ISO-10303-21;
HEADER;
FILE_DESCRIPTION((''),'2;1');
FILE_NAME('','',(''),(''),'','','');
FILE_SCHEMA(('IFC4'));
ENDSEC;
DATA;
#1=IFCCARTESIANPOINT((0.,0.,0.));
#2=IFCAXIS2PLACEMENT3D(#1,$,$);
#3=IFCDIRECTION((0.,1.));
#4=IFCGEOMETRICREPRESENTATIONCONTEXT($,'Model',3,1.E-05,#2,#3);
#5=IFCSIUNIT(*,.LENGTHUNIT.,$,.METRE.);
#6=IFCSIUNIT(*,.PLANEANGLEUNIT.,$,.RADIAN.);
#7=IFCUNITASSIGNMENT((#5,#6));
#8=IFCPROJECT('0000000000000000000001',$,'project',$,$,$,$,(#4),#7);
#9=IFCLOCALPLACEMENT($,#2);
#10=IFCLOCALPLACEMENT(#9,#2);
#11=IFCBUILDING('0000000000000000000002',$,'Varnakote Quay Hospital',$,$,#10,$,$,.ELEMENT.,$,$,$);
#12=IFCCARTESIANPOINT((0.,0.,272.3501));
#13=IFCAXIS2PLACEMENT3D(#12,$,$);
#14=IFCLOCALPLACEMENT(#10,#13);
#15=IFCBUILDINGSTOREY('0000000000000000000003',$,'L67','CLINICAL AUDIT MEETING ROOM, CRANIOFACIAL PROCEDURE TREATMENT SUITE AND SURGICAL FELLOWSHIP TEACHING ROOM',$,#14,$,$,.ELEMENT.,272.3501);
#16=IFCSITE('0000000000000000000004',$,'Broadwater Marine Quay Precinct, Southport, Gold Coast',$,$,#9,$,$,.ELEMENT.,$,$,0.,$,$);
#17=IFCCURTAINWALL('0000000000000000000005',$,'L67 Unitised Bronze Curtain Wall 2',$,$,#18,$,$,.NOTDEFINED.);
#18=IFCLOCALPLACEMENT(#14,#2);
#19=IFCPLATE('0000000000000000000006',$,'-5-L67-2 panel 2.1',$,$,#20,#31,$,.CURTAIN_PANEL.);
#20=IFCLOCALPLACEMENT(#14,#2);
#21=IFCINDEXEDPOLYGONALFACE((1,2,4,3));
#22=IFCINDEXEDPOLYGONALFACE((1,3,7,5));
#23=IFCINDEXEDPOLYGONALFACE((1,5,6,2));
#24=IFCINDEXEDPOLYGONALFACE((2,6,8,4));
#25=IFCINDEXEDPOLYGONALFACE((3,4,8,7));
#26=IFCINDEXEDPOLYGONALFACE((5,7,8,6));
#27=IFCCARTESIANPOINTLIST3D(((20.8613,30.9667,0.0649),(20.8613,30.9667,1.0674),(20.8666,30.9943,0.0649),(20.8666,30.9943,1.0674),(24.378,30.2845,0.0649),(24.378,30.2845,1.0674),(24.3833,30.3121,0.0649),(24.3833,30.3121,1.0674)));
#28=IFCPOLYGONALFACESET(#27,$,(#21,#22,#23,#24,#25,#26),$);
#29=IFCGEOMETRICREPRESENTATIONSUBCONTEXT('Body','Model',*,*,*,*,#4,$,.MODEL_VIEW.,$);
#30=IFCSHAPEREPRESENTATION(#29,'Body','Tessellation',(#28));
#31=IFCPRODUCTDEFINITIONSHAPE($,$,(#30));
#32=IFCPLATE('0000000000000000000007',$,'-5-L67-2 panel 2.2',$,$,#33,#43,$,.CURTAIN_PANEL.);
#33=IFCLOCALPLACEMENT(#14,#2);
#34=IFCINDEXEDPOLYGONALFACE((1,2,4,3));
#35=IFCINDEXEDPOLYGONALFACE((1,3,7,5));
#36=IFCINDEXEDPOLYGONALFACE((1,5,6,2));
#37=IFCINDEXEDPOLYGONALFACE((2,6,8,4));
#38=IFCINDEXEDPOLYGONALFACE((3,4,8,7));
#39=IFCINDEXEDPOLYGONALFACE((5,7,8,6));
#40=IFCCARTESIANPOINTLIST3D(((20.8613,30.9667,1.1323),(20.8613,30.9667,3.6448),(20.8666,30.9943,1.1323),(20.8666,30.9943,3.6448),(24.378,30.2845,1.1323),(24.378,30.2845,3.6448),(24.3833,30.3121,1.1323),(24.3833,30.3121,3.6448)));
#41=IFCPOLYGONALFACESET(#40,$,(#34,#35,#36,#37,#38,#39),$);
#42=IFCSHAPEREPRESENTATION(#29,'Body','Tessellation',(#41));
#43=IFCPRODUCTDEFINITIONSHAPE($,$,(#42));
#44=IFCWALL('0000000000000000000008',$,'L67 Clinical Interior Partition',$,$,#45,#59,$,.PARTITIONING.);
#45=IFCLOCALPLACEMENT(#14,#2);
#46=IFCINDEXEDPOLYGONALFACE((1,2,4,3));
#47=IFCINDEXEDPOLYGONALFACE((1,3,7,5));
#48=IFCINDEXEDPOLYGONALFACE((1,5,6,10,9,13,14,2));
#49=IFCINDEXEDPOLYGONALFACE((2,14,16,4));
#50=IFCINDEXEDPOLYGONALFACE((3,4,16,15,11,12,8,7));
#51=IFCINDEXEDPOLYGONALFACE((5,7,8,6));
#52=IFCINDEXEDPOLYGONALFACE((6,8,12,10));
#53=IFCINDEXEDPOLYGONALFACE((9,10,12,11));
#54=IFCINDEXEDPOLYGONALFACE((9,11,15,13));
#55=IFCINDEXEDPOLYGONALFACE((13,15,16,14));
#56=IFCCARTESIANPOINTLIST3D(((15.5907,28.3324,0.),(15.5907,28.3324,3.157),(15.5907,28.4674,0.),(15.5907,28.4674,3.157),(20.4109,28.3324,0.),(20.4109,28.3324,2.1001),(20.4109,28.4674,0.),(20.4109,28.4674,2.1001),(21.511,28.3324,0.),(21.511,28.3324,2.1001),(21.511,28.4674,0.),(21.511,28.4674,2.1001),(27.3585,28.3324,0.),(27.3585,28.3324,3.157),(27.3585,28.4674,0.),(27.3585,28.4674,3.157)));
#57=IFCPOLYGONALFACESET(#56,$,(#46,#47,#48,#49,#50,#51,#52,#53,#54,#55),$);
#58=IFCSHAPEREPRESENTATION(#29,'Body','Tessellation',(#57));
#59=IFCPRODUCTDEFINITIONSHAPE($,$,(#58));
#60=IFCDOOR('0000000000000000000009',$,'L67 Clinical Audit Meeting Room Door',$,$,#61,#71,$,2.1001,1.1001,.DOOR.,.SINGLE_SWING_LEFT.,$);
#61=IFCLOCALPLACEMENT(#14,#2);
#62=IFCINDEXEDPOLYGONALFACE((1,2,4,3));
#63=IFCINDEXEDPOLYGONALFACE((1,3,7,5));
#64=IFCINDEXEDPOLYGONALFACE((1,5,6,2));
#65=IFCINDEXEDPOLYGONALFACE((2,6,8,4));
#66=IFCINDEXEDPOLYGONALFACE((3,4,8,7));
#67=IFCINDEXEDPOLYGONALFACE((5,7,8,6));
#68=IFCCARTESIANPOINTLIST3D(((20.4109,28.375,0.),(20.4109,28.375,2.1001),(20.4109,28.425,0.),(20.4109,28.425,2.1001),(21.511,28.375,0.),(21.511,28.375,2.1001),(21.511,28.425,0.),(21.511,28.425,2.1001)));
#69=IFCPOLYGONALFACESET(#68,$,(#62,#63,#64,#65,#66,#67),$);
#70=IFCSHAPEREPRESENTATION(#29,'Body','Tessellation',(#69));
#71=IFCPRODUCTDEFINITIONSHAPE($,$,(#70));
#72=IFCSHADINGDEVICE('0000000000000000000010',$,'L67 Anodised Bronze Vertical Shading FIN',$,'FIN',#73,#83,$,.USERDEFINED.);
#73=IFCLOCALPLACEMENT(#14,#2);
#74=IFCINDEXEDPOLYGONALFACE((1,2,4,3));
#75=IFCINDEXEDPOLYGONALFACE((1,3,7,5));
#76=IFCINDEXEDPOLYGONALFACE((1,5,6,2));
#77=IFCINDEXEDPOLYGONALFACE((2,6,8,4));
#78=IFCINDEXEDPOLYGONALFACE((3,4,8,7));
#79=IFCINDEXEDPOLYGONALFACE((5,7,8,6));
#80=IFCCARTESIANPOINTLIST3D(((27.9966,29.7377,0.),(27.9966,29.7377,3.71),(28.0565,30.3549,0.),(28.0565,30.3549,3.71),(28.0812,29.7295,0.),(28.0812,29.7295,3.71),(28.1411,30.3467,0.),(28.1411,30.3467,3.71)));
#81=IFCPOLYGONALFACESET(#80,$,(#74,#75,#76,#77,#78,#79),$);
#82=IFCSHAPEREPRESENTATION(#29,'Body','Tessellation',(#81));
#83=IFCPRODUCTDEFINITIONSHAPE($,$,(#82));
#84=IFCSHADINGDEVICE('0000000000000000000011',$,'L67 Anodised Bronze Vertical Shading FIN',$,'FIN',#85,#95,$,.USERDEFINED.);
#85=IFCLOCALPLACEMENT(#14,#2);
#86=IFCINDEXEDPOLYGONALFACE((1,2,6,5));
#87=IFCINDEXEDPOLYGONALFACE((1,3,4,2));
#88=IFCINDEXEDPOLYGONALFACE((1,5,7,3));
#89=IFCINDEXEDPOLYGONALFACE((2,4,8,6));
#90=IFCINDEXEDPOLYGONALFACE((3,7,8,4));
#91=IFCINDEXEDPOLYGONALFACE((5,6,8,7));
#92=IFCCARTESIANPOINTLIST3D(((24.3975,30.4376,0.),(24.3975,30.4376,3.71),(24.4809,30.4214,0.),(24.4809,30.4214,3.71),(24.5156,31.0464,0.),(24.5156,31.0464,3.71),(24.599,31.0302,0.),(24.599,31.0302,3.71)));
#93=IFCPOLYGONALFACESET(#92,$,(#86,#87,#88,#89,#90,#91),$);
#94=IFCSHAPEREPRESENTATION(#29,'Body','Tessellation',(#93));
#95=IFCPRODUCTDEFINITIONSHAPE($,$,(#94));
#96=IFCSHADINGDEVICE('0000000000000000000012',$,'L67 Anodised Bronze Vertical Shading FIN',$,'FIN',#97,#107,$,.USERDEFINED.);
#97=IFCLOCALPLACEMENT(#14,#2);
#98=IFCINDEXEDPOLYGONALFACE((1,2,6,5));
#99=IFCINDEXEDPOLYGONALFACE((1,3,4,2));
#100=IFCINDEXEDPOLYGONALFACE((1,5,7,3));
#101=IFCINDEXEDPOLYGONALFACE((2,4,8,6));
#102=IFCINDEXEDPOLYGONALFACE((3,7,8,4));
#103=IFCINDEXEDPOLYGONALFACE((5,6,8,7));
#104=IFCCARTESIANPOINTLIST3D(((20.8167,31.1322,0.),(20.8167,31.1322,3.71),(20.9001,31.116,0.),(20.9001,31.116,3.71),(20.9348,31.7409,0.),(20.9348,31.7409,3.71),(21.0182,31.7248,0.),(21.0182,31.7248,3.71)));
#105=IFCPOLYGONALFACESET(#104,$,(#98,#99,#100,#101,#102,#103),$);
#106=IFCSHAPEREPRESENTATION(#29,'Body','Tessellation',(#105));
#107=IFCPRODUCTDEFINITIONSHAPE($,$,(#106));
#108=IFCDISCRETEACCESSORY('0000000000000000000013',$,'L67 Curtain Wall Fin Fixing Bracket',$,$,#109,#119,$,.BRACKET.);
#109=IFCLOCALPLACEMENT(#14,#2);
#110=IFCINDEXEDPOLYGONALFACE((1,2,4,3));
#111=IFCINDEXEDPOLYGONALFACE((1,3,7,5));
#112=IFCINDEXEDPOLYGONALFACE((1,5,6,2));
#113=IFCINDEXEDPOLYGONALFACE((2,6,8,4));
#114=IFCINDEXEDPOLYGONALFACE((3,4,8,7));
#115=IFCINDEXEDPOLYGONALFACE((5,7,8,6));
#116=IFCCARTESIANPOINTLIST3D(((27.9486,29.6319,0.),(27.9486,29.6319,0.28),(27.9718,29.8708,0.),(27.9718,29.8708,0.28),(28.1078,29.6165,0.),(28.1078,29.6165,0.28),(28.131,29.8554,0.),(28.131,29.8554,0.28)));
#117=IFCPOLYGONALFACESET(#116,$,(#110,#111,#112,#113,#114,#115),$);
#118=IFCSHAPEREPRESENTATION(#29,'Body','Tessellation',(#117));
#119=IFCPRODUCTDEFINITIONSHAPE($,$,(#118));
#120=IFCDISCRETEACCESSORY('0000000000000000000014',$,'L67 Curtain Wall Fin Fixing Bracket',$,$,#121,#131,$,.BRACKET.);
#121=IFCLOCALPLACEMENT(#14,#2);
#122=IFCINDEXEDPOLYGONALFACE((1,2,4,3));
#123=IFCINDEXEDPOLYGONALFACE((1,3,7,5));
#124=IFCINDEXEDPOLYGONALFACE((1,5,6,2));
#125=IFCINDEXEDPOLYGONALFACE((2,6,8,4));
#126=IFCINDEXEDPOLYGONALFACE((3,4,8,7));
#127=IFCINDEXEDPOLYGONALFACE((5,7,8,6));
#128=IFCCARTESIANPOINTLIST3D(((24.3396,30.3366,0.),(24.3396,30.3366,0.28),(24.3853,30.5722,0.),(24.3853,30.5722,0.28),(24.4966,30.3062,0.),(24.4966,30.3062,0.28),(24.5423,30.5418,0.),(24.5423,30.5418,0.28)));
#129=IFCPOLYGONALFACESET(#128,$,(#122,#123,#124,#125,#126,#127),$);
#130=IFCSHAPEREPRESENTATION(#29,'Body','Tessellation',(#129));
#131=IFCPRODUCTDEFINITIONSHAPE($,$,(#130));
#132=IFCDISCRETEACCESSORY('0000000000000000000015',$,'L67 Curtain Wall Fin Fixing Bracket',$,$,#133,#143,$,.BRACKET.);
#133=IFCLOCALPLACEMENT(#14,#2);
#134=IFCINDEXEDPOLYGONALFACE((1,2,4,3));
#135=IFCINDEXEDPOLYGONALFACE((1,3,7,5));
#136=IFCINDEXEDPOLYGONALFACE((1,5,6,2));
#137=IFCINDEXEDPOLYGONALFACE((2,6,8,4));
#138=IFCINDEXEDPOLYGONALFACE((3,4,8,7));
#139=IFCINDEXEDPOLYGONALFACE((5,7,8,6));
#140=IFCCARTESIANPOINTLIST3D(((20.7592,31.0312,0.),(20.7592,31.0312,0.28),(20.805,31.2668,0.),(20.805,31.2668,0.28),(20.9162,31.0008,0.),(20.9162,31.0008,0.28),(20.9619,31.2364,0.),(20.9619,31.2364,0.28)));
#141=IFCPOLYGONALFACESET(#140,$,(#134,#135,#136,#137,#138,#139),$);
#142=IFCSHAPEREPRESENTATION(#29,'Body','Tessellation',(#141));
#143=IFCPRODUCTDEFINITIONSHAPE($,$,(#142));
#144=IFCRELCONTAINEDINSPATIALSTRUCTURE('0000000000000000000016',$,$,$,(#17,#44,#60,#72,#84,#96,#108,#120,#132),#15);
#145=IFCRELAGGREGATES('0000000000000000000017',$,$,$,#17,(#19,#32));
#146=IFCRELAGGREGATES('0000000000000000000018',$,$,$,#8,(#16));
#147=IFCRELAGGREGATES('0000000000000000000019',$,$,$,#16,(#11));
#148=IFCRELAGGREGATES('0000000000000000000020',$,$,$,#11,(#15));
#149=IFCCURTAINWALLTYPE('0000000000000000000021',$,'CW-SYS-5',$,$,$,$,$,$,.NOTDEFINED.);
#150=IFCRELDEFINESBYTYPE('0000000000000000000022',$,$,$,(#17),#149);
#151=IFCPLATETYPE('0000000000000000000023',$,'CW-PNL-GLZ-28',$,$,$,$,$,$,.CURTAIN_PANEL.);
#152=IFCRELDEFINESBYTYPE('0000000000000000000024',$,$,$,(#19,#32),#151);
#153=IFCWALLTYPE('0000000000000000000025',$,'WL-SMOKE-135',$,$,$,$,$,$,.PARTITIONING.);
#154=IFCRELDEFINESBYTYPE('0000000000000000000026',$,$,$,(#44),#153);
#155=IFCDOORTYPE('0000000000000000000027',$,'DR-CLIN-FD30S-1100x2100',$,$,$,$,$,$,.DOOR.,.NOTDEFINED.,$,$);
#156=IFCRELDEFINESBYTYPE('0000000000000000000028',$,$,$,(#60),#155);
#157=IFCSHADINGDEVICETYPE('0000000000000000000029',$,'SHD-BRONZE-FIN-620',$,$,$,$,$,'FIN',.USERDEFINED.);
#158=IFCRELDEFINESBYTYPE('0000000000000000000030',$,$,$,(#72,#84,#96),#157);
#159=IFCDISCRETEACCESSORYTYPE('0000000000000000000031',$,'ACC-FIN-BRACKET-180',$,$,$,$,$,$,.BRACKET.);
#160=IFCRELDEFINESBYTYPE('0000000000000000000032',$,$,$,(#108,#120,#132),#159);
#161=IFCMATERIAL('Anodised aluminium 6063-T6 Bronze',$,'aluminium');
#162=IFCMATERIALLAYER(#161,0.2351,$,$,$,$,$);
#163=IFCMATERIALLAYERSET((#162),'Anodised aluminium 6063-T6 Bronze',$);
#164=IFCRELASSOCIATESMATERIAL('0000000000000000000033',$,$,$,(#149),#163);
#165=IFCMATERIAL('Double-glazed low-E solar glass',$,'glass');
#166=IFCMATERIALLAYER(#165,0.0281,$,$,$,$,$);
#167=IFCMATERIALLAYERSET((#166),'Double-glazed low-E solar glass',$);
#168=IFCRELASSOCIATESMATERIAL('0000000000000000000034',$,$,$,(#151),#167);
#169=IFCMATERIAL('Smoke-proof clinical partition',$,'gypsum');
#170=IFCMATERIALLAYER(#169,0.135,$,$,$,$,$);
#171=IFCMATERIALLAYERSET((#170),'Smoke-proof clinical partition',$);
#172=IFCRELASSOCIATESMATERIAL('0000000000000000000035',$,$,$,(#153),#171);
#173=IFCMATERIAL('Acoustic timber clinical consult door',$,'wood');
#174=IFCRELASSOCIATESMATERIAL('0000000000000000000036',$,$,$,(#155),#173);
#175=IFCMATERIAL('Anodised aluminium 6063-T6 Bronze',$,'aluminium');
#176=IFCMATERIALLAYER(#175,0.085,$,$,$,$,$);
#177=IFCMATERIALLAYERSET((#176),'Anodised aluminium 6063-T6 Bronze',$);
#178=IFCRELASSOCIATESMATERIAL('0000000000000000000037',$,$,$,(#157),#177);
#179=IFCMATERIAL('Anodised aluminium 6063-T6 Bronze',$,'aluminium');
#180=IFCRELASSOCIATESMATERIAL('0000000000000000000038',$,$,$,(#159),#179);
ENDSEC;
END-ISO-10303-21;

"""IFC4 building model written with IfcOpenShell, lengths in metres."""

from ifc_helpers import new_model, si_unit, direction, frame, frame_2d, origin, origin_2d, place, context, subcontext, project, spatial, rectangle, extrude, material, layer, layer_set, type_object, element, fill, aggregate, save


model = new_model("IFC4")

# Units and contexts
model_context = context("Model", 3, precision=1e-05, world=origin(), true_north=direction((0.0, 1.0)))
body_context = subcontext(model_context, "Body", "Model", "MODEL_VIEW")
ifc_project = project(units=[si_unit("LENGTHUNIT", "METRE"), si_unit("PLANEANGLEUNIT", "RADIAN")], contexts=[model_context])

# Site, building, storey
site_placement = place(None, origin())
site = spatial("IfcSite", under=ifc_project, at=site_placement, Name="Broadwater Marine Quay Precinct, Southport, Gold Coast", CompositionType="ELEMENT", RefElevation=0.0)
building_placement = place(site_placement, origin())
building = spatial("IfcBuilding", under=site, at=building_placement, Name="Varnakote Quay Hospital", CompositionType="ELEMENT")
storey_placement = place(building_placement, frame((0.0, 0.0, 272.3501)))
storey = spatial("IfcBuildingStorey", under=building, at=storey_placement, Name="L67", Description="CLINICAL AUDIT MEETING ROOM, CRANIOFACIAL PROCEDURE TREATMENT SUITE AND SURGICAL FELLOWSHIP TEACHING ROOM", CompositionType="ELEMENT", Elevation=272.3501)

# Shared definitions
ifc_material_1 = material(Name="Anodised aluminium 6063-T6 Bronze", Category="aluminium")
ifc_layer_1 = layer(ifc_material_1, 0.2351)
ifc_layer_set_1 = layer_set([ifc_layer_1], Name="Anodised aluminium 6063-T6 Bronze")
curtain_wall_type = type_object("IfcCurtainWallType", Name="CW-SYS-5", PredefinedType="NOTDEFINED", material=ifc_layer_set_1)

# Curtain wall
curtain_wall_1_placement = place(storey_placement, origin())
curtain_wall_1 = element("IfcCurtainWall", 1, at=curtain_wall_1_placement, inside=storey, type_object=curtain_wall_type, Name="L67 Unitised Bronze Curtain Wall 2", PredefinedType="NOTDEFINED")

# Plates
ifc_material_2 = material(Name="Double-glazed low-E solar glass", Category="glass")
ifc_layer_2 = layer(ifc_material_2, 0.0281)
ifc_layer_set_2 = layer_set([ifc_layer_2], Name="Double-glazed low-E solar glass")
plate_type = type_object("IfcPlateType", Name="CW-PNL-GLZ-28", PredefinedType="CURTAIN_PANEL", material=ifc_layer_set_2)
plate_1_placement = place(storey_placement, frame((22.6223, 30.6394, 0.0649), z_axis=(0.0, 0.0, 1.0), x_axis=(-0.9817, 0.190434, 0.0)))
plate_1 = element("IfcPlate", 2, at=plate_1_placement, type_object=plate_type, Name="-5-L67-2 panel 2.1", PredefinedType="CURTAIN_PANEL", context=body_context, shape_type="SweptSolid", body=[
    extrude(rectangle(XDim=3.5823, YDim=0.0281, at=origin_2d()), origin(), (0.0, 0.0, 1.0), 1.0024),
])
plate_2_placement = place(storey_placement, frame((22.6223, 30.6394, 1.1323), z_axis=(0.0, 0.0, 1.0), x_axis=(-0.9817, 0.190434, 0.0)))
plate_2 = element("IfcPlate", 3, at=plate_2_placement, type_object=plate_type, Name="-5-L67-2 panel 2.2", PredefinedType="CURTAIN_PANEL", context=body_context, shape_type="SweptSolid", body=[
    extrude(rectangle(XDim=3.5823, YDim=0.0281, at=origin_2d()), origin(), (0.0, 0.0, 1.0), 2.5125),
])
aggregate(curtain_wall_1, [plate_1, plate_2])

# Wall, opening, door
ifc_material_3 = material(Name="Smoke-proof clinical partition", Category="gypsum")
ifc_layer_3 = layer(ifc_material_3, 0.135)
ifc_layer_set_3 = layer_set([ifc_layer_3], Name="Smoke-proof clinical partition")
wall_type = type_object("IfcWallType", Name="WL-SMOKE-135", PredefinedType="PARTITIONING", material=ifc_layer_set_3)
wall_placement = place(storey_placement, frame((27.3584, 28.3999, 0.0), z_axis=(0.0, 0.0, 1.0), x_axis=(-1.0, 0.0, 0.0)))
wall = element("IfcWall", 4, at=wall_placement, inside=storey, type_object=wall_type, Name="L67 Clinical Interior Partition", PredefinedType="PARTITIONING", context=body_context, shape_type="SweptSolid", body=[
    extrude(rectangle(XDim=11.7678, YDim=0.135, at=frame_2d((5.8838, 0.0))), origin(), (0.0, 0.0, 1.0), 3.157),
])
opening_placement = place(wall_placement, frame((5.8474, 0.0, 0.0)))
opening = element("IfcOpeningElement", 5, at=opening_placement, cuts=wall, PredefinedType="OPENING", context=body_context, shape_type="SweptSolid", body=[
    extrude(rectangle(XDim=1.1001, YDim=2.1001, at=frame_2d((0.55, 1.05))), frame((0.0, 0.0774, 0.0), z_axis=(0.0, -1.0, 0.0), x_axis=(1.0, 0.0, 0.0)), (0.0, 0.0, 1.0), 0.155),
])
ifc_material_4 = material(Name="Acoustic timber clinical consult door", Category="wood")
door_type = type_object("IfcDoorType", Name="DR-CLIN-FD30S-1100x2100", OperationType="NOTDEFINED", PredefinedType="DOOR", material=ifc_material_4)
door_placement = place(opening_placement, origin())
door = element("IfcDoor", 6, at=door_placement, inside=storey, type_object=door_type, Name="L67 Clinical Audit Meeting Room Door", OperationType="SINGLE_SWING_LEFT", OverallHeight=2.1001, OverallWidth=1.1001, PredefinedType="DOOR", context=body_context, shape_type="SweptSolid", body=[
    extrude(rectangle(XDim=1.1001, YDim=2.1001, at=frame_2d((0.55, 1.05))), frame((0.0, 0.0249, 0.0), z_axis=(0.0, -1.0, 0.0), x_axis=(1.0, 0.0, 0.0)), (0.0, 0.0, 1.0), 0.05),
])
fill(opening, door)

# Shading devices
ifc_material_5 = material(Name="Anodised aluminium 6063-T6 Bronze", Category="aluminium")
ifc_layer_4 = layer(ifc_material_5, 0.085)
ifc_layer_set_4 = layer_set([ifc_layer_4], Name="Anodised aluminium 6063-T6 Bronze")
shading_device_type = type_object("IfcShadingDeviceType", Name="SHD-BRONZE-FIN-620", ElementType="FIN", PredefinedType="USERDEFINED", material=ifc_layer_set_4)
for number, where, z_axis, x_axis, name in (
    (7, (28.0688, 30.0422, 0.0), (0.0, 0.0, 1.0), (-0.096541, -0.995329, 0.0), "L67 Anodised Bronze Vertical Shading FIN"),
    (8, (24.4983, 30.7339, 0.0), (0.0, 0.0, 1.0), (-0.190466, -0.981694, 0.0), "L67 Anodised Bronze Vertical Shading FIN"),
    (9, (20.9175, 31.4285, 0.0), (0.0, 0.0, 1.0), (-0.190466, -0.981694, 0.0), "L67 Anodised Bronze Vertical Shading FIN"),
):
    element("IfcShadingDevice", number, at=place(storey_placement, frame(where, z_axis=z_axis, x_axis=x_axis)), inside=storey, type_object=shading_device_type, Name=name, ObjectType="FIN", PredefinedType="USERDEFINED", context=body_context, shape_type="SweptSolid", body=[
        extrude(rectangle(XDim=0.6201, YDim=0.085, at=origin_2d()), origin(), (0.0, 0.0, 1.0), 3.71),
    ])

# Discrete accessories
ifc_material_6 = material(Name="Anodised aluminium 6063-T6 Bronze", Category="aluminium")
discrete_accessory_type = type_object("IfcDiscreteAccessoryType", Name="ACC-FIN-BRACKET-180", PredefinedType="BRACKET", material=ifc_material_6)
for number, where, z_axis, x_axis, name in (
    (10, (28.0398, 29.7437, 0.0), (0.0, 0.0, 1.0), (-0.995329, 0.096541, 0.0), "L67 Curtain Wall Fin Fixing Bracket"),
    (11, (24.4409, 30.4392, 0.0), (0.0, 0.0, 1.0), (-0.981694, 0.190466, 0.0), "L67 Curtain Wall Fin Fixing Bracket"),
    (12, (20.8606, 31.1338, 0.0), (0.0, 0.0, 1.0), (-0.981694, 0.190466, 0.0), "L67 Curtain Wall Fin Fixing Bracket"),
):
    element("IfcDiscreteAccessory", number, at=place(storey_placement, frame(where, z_axis=z_axis, x_axis=x_axis)), inside=storey, type_object=discrete_accessory_type, Name=name, PredefinedType="BRACKET", context=body_context, shape_type="SweptSolid", body=[
        extrude(rectangle(XDim=0.1599, YDim=0.24, at=origin_2d()), origin(), (0.0, 0.0, 1.0), 0.28),
    ])

save(model, "model.ifc")
